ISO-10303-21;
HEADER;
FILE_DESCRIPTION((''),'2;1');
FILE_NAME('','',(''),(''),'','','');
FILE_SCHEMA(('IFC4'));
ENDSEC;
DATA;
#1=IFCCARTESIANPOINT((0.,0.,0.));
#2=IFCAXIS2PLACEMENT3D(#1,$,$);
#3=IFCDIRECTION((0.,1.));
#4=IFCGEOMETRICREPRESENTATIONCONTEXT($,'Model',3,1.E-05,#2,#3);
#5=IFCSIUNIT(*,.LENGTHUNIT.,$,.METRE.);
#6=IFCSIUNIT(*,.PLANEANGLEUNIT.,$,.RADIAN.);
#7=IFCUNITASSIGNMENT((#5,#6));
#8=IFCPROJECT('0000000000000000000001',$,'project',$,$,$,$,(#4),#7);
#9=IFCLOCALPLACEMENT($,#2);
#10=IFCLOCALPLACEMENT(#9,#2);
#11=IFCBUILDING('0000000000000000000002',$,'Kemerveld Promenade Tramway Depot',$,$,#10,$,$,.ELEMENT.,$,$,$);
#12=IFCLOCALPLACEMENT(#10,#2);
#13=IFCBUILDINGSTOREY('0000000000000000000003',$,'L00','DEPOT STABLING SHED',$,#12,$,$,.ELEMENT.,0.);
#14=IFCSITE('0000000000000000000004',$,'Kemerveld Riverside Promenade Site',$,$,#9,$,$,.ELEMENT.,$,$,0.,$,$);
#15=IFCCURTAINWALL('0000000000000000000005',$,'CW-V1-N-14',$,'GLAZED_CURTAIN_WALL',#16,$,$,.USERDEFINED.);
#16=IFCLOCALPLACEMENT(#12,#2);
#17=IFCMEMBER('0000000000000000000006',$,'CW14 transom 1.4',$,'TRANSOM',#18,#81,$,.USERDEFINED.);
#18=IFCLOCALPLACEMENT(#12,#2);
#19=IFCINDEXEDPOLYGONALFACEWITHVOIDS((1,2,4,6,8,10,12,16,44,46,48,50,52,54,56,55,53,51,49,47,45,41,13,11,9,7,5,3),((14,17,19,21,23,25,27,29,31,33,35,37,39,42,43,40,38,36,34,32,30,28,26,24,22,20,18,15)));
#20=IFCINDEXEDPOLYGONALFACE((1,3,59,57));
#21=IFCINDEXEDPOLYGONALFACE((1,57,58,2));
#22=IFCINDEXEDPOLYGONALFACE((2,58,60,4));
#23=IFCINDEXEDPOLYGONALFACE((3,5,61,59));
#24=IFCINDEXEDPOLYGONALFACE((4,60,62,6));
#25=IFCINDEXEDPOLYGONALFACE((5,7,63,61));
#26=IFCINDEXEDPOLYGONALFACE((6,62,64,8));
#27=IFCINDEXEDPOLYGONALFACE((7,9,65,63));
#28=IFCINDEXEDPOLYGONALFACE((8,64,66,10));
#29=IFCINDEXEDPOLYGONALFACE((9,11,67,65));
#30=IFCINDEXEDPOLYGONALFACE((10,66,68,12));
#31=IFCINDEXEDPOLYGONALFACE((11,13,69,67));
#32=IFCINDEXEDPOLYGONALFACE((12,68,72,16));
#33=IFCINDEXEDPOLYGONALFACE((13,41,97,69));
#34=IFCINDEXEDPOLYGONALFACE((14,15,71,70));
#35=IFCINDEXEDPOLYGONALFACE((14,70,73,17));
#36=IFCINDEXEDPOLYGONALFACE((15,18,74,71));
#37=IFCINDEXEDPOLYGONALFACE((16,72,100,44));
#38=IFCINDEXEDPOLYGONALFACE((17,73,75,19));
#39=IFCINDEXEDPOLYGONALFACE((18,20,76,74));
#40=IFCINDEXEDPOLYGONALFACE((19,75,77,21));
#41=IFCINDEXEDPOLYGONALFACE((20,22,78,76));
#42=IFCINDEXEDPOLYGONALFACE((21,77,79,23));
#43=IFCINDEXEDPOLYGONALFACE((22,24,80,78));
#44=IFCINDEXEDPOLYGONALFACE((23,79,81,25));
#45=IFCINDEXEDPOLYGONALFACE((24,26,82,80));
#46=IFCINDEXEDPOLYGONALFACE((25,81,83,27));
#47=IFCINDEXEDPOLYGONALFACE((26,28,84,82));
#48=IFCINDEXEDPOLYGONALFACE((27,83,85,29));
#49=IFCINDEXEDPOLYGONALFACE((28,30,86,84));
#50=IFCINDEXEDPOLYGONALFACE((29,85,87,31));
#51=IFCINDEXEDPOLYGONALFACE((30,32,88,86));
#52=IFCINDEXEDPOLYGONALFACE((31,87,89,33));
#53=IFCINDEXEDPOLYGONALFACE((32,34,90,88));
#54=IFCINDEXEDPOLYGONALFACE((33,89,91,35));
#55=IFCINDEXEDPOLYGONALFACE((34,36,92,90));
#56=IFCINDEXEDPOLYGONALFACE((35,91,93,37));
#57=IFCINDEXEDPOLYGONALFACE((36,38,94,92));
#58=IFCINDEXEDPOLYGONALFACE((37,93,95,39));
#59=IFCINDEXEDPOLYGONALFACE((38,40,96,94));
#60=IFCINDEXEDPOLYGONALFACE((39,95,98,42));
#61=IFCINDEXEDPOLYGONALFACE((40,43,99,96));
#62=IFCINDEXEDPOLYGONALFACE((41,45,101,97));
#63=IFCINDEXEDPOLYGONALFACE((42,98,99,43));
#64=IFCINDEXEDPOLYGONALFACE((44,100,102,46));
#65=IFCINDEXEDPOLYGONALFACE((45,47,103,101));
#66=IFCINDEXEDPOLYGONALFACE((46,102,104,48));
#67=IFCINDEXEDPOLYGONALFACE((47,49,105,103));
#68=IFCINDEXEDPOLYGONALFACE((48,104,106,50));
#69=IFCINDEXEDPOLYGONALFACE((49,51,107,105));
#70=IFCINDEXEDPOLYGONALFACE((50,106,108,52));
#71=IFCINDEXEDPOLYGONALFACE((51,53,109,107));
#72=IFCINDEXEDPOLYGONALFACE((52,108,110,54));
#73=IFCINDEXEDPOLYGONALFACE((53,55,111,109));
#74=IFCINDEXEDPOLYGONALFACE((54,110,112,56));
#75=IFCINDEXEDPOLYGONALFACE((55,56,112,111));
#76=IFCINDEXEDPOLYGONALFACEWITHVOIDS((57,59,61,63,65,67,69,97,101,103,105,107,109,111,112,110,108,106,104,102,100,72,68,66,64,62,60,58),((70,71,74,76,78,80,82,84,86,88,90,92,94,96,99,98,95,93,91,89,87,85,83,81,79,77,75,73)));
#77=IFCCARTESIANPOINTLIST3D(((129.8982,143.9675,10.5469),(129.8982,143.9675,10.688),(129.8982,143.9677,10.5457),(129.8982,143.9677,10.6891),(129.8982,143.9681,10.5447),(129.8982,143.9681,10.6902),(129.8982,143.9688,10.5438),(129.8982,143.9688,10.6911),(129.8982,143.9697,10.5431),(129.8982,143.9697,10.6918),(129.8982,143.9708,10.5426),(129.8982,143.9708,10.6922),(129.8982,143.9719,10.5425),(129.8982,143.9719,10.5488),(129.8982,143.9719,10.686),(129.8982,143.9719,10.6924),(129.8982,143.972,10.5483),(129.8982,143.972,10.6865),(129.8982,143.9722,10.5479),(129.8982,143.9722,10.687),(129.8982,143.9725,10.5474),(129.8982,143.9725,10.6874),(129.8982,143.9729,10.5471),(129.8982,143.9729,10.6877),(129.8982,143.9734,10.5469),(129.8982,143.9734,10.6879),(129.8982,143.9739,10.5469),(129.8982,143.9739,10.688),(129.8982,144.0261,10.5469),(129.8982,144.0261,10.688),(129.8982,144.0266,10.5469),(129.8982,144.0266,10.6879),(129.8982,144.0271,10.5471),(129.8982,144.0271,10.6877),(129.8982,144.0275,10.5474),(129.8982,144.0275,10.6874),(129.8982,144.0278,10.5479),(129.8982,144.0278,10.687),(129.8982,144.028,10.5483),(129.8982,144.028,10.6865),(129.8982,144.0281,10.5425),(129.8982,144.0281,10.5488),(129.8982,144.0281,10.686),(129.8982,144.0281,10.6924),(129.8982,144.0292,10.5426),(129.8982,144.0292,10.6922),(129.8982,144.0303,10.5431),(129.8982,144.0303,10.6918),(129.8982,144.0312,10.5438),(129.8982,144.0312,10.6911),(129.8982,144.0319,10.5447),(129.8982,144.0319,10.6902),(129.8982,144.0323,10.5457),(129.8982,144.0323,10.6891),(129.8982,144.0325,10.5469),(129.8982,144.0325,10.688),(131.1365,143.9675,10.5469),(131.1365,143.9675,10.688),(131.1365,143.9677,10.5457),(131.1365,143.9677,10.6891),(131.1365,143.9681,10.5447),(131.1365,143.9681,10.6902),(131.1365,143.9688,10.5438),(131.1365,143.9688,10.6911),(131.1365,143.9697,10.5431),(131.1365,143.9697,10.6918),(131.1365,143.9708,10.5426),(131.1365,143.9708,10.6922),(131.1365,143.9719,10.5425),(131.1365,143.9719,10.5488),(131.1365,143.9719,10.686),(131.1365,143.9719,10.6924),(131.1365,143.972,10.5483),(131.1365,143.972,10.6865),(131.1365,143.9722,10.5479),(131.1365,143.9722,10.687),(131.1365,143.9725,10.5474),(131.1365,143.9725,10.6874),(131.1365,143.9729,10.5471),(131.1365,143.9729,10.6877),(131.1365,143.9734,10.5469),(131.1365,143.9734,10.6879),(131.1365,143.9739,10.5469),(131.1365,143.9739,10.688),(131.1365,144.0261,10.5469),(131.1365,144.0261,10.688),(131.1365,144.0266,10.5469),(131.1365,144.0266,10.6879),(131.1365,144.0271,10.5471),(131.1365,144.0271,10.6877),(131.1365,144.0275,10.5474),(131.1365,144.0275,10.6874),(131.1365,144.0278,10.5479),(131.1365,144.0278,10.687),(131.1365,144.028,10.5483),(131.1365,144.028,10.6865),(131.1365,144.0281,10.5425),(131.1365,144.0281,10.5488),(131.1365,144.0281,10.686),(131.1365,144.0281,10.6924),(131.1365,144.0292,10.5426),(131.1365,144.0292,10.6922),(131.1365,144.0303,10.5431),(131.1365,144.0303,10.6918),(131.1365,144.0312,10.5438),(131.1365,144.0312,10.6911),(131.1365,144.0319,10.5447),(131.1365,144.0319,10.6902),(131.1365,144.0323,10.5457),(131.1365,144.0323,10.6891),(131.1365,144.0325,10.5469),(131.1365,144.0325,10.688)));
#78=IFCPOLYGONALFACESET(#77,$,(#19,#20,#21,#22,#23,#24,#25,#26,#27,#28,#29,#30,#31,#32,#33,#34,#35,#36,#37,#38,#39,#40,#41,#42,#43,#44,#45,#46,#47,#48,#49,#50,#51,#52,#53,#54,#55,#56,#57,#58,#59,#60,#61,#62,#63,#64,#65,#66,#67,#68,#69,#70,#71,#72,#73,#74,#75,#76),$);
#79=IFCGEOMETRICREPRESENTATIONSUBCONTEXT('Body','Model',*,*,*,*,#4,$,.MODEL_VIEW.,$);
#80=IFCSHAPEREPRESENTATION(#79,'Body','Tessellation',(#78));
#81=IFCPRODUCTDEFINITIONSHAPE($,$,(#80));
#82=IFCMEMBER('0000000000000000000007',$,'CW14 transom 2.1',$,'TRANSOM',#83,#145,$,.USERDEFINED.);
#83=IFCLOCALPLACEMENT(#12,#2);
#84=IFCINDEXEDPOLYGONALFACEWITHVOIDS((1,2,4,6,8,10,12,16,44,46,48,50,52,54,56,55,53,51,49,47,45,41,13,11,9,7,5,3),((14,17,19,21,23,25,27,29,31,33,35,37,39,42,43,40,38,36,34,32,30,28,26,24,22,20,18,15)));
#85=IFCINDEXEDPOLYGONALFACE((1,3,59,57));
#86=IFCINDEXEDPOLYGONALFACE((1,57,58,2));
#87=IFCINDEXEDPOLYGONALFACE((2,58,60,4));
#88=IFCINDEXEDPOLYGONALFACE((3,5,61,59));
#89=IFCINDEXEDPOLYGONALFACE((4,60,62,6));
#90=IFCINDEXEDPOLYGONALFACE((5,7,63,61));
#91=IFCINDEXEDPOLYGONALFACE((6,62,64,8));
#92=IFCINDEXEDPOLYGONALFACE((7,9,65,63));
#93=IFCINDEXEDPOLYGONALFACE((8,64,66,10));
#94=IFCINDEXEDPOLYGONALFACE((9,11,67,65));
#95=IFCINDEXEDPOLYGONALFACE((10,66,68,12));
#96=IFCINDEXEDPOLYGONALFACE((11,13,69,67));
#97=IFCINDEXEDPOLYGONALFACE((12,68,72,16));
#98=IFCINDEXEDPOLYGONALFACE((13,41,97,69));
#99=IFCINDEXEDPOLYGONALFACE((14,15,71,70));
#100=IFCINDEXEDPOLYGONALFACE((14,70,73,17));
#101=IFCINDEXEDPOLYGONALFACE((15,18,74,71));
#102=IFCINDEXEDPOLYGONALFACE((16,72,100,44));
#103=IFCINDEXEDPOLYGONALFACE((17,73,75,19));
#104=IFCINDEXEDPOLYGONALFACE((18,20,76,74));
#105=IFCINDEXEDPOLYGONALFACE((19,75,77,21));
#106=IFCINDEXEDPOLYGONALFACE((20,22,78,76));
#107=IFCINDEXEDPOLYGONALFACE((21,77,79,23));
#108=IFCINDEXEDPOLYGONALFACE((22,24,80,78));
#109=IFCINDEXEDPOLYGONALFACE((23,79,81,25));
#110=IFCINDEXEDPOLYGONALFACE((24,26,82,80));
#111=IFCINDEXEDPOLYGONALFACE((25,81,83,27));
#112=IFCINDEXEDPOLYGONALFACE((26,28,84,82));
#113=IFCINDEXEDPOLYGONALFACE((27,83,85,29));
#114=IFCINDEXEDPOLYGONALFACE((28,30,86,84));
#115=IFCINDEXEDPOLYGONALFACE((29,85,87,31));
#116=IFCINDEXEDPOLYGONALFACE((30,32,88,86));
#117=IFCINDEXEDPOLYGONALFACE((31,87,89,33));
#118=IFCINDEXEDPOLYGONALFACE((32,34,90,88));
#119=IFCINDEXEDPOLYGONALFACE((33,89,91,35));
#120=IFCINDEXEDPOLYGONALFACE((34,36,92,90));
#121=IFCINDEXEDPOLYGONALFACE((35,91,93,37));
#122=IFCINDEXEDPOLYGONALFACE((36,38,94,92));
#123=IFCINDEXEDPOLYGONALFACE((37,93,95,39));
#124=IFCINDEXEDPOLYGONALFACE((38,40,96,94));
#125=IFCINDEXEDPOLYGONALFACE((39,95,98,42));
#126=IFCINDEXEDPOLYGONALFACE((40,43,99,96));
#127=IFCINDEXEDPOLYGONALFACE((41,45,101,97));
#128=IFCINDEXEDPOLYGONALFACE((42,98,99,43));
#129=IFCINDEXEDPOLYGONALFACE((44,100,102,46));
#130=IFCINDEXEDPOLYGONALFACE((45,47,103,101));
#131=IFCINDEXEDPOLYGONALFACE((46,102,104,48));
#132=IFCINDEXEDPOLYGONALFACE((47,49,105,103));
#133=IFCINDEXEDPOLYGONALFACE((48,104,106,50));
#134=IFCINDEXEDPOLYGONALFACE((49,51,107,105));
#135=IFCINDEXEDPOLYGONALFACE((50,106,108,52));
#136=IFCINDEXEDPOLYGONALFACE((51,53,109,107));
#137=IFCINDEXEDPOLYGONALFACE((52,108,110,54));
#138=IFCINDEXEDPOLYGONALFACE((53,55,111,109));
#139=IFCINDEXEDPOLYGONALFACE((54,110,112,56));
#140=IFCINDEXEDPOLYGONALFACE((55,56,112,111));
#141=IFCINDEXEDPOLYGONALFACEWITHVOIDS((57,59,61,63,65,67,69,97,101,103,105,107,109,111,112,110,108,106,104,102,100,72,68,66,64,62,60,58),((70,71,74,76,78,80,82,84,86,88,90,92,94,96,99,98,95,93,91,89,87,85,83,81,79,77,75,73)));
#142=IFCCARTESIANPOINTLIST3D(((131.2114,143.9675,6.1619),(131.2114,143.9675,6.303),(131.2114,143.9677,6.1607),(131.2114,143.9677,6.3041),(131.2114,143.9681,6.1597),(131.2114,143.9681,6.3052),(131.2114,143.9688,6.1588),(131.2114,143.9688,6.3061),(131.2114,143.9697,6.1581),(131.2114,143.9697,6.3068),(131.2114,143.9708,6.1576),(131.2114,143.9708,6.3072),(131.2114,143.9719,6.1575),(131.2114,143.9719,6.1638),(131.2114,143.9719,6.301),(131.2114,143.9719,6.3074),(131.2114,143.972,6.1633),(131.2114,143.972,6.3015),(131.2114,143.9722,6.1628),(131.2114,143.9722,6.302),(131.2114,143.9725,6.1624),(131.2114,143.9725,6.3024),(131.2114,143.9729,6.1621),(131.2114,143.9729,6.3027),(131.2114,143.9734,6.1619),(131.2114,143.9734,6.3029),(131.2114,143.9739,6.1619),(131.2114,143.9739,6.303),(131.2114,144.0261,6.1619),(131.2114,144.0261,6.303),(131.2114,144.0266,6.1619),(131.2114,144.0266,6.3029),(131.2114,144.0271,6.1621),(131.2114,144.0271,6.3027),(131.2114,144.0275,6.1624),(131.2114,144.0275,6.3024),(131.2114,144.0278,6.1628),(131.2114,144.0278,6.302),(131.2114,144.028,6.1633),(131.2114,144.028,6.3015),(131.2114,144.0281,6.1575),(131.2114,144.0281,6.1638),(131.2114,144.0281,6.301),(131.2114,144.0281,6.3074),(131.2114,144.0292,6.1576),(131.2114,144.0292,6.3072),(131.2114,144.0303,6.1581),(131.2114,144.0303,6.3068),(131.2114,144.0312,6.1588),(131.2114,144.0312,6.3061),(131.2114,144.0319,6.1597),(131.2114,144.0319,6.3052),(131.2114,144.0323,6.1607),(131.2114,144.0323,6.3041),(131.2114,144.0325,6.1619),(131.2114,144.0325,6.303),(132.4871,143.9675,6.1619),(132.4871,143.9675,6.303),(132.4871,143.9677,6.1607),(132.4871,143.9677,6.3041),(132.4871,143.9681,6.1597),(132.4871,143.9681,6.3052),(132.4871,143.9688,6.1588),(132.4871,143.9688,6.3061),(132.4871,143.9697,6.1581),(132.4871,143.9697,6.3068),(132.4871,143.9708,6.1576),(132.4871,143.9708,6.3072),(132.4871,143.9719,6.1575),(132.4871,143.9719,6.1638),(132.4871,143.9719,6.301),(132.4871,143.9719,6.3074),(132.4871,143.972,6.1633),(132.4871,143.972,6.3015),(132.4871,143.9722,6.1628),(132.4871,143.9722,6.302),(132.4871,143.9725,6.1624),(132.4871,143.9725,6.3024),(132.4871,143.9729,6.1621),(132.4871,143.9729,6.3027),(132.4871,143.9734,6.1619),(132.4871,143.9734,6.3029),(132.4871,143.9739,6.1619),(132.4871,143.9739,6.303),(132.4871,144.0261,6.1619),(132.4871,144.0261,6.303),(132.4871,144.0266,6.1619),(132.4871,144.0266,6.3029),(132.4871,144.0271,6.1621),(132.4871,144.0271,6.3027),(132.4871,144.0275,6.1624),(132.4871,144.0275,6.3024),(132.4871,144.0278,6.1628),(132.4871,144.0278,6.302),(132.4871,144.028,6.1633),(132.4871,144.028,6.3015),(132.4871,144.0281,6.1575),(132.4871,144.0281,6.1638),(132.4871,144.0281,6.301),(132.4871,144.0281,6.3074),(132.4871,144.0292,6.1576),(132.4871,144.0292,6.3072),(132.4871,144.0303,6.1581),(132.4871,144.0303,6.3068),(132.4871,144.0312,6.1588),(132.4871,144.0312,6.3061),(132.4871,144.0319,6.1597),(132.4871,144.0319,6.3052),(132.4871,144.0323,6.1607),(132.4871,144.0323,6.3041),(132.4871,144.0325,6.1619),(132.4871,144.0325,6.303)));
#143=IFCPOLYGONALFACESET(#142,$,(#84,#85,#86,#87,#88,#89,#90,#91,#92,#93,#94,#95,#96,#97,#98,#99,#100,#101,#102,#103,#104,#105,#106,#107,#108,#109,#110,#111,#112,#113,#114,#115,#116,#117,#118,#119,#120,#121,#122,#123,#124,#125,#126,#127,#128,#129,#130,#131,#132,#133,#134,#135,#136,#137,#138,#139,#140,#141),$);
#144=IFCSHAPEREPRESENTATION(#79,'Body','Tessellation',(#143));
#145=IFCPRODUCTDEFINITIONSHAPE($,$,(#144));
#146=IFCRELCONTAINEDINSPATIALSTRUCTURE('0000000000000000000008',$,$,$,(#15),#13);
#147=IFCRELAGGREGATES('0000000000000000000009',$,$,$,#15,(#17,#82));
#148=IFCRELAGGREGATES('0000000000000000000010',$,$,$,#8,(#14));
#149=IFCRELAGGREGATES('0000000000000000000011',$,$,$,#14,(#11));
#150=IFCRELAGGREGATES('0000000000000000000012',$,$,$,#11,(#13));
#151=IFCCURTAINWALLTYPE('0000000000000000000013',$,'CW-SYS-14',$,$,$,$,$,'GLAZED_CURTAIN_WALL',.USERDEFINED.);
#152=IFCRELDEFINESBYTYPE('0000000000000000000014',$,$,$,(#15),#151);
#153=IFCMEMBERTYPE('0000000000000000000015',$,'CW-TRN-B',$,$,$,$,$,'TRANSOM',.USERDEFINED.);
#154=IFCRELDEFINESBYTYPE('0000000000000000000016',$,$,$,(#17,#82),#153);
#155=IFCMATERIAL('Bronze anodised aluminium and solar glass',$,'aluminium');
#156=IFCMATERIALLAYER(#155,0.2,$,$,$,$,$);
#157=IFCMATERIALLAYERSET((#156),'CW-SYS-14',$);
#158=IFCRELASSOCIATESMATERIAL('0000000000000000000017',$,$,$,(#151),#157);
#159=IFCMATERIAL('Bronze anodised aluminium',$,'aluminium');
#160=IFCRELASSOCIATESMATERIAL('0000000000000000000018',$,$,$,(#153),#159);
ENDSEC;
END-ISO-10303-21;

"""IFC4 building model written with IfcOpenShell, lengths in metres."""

from ifc_helpers import new_model, si_unit, direction, frame, origin, origin_2d, place, context, subcontext, project, spatial, hollow_rectangle, extrude, material, layer, layer_set, material_profile, profile_set, type_object, element, aggregate, save


model = new_model("IFC4")

# Units and contexts
model_context = context("Model", 3, precision=1e-05, world=origin(), true_north=direction((0.0, 1.0)))
body_context = subcontext(model_context, "Body", "Model", "MODEL_VIEW")
ifc_project = project(units=[si_unit("LENGTHUNIT", "METRE"), si_unit("PLANEANGLEUNIT", "RADIAN")], contexts=[model_context])

# Site, building, storey
site_placement = place(None, origin())
site = spatial("IfcSite", under=ifc_project, at=site_placement, Name="Kemerveld Riverside Promenade Site", CompositionType="ELEMENT", RefElevation=0.0)
building_placement = place(site_placement, origin())
building = spatial("IfcBuilding", under=site, at=building_placement, Name="Kemerveld Promenade Tramway Depot", CompositionType="ELEMENT")
storey_placement = place(building_placement, origin())
storey = spatial("IfcBuildingStorey", under=building, at=storey_placement, Name="L00", Description="DEPOT STABLING SHED", CompositionType="ELEMENT", Elevation=0.0)

# Curtain wall, members
ifc_material_1 = material(Name="Bronze anodised aluminium and solar glass", Category="aluminium")
ifc_layer_1 = layer(ifc_material_1, 0.2)
ifc_layer_set_1 = layer_set([ifc_layer_1], Name="CW-SYS-14")
curtain_wall_type = type_object("IfcCurtainWallType", Name="CW-SYS-14", ElementType="GLAZED_CURTAIN_WALL", PredefinedType="USERDEFINED", material=ifc_layer_set_1)
curtain_wall_placement = place(storey_placement, origin())
curtain_wall = element("IfcCurtainWall", 1, at=curtain_wall_placement, inside=storey, type_object=curtain_wall_type, Name="CW-V1-N-14", ObjectType="GLAZED_CURTAIN_WALL", PredefinedType="USERDEFINED")
ifc_material_2 = material(Name="Bronze anodised aluminium", Category="aluminium")
ifc_material_profile_1 = material_profile(ifc_material_2, hollow_rectangle(XDim=0.0649, YDim=0.1499, WallThickness=0.0044, InnerFilletRadius=0.002, OuterFilletRadius=0.0044, at=origin_2d()), Name="CW-TRN-150x65")
ifc_profile_set_1 = profile_set([ifc_material_profile_1], Name="Bronze anodised aluminium")
member_type_1 = type_object("IfcMemberType", Name="CW-TRN-B", ElementType="TRANSOM", PredefinedType="USERDEFINED", material=ifc_profile_set_1)
member_1_placement = place(storey_placement, frame((129.8982, 144.0, 10.6174), z_axis=(1.0, 0.0, 0.0), x_axis=(0.0, 1.0, 0.0)))
member_1 = element("IfcMember", 2, at=member_1_placement, type_object=member_type_1, Name="CW14 transom 1.4", ObjectType="TRANSOM", PredefinedType="USERDEFINED", context=body_context, shape_type="SweptSolid", body=[
    extrude(hollow_rectangle(XDim=0.0649, YDim=0.1499, WallThickness=0.0044, InnerFilletRadius=0.002, OuterFilletRadius=0.0044, at=origin_2d()), origin(), (0.0, 0.0, 1.0), 1.2383),
])
member_2_placement = place(storey_placement, frame((131.2114, 144.0, 6.2324), z_axis=(1.0, 0.0, 0.0), x_axis=(0.0, 1.0, 0.0)))
member_2 = element("IfcMember", 3, at=member_2_placement, type_object=member_type_1, Name="CW14 transom 2.1", ObjectType="TRANSOM", PredefinedType="USERDEFINED", context=body_context, shape_type="SweptSolid", body=[
    extrude(hollow_rectangle(XDim=0.0649, YDim=0.1499, WallThickness=0.0044, InnerFilletRadius=0.002, OuterFilletRadius=0.0044, at=origin_2d()), origin(), (0.0, 0.0, 1.0), 1.2756),
])

aggregate(curtain_wall, [member_1, member_2])

save(model, "model.ifc")
